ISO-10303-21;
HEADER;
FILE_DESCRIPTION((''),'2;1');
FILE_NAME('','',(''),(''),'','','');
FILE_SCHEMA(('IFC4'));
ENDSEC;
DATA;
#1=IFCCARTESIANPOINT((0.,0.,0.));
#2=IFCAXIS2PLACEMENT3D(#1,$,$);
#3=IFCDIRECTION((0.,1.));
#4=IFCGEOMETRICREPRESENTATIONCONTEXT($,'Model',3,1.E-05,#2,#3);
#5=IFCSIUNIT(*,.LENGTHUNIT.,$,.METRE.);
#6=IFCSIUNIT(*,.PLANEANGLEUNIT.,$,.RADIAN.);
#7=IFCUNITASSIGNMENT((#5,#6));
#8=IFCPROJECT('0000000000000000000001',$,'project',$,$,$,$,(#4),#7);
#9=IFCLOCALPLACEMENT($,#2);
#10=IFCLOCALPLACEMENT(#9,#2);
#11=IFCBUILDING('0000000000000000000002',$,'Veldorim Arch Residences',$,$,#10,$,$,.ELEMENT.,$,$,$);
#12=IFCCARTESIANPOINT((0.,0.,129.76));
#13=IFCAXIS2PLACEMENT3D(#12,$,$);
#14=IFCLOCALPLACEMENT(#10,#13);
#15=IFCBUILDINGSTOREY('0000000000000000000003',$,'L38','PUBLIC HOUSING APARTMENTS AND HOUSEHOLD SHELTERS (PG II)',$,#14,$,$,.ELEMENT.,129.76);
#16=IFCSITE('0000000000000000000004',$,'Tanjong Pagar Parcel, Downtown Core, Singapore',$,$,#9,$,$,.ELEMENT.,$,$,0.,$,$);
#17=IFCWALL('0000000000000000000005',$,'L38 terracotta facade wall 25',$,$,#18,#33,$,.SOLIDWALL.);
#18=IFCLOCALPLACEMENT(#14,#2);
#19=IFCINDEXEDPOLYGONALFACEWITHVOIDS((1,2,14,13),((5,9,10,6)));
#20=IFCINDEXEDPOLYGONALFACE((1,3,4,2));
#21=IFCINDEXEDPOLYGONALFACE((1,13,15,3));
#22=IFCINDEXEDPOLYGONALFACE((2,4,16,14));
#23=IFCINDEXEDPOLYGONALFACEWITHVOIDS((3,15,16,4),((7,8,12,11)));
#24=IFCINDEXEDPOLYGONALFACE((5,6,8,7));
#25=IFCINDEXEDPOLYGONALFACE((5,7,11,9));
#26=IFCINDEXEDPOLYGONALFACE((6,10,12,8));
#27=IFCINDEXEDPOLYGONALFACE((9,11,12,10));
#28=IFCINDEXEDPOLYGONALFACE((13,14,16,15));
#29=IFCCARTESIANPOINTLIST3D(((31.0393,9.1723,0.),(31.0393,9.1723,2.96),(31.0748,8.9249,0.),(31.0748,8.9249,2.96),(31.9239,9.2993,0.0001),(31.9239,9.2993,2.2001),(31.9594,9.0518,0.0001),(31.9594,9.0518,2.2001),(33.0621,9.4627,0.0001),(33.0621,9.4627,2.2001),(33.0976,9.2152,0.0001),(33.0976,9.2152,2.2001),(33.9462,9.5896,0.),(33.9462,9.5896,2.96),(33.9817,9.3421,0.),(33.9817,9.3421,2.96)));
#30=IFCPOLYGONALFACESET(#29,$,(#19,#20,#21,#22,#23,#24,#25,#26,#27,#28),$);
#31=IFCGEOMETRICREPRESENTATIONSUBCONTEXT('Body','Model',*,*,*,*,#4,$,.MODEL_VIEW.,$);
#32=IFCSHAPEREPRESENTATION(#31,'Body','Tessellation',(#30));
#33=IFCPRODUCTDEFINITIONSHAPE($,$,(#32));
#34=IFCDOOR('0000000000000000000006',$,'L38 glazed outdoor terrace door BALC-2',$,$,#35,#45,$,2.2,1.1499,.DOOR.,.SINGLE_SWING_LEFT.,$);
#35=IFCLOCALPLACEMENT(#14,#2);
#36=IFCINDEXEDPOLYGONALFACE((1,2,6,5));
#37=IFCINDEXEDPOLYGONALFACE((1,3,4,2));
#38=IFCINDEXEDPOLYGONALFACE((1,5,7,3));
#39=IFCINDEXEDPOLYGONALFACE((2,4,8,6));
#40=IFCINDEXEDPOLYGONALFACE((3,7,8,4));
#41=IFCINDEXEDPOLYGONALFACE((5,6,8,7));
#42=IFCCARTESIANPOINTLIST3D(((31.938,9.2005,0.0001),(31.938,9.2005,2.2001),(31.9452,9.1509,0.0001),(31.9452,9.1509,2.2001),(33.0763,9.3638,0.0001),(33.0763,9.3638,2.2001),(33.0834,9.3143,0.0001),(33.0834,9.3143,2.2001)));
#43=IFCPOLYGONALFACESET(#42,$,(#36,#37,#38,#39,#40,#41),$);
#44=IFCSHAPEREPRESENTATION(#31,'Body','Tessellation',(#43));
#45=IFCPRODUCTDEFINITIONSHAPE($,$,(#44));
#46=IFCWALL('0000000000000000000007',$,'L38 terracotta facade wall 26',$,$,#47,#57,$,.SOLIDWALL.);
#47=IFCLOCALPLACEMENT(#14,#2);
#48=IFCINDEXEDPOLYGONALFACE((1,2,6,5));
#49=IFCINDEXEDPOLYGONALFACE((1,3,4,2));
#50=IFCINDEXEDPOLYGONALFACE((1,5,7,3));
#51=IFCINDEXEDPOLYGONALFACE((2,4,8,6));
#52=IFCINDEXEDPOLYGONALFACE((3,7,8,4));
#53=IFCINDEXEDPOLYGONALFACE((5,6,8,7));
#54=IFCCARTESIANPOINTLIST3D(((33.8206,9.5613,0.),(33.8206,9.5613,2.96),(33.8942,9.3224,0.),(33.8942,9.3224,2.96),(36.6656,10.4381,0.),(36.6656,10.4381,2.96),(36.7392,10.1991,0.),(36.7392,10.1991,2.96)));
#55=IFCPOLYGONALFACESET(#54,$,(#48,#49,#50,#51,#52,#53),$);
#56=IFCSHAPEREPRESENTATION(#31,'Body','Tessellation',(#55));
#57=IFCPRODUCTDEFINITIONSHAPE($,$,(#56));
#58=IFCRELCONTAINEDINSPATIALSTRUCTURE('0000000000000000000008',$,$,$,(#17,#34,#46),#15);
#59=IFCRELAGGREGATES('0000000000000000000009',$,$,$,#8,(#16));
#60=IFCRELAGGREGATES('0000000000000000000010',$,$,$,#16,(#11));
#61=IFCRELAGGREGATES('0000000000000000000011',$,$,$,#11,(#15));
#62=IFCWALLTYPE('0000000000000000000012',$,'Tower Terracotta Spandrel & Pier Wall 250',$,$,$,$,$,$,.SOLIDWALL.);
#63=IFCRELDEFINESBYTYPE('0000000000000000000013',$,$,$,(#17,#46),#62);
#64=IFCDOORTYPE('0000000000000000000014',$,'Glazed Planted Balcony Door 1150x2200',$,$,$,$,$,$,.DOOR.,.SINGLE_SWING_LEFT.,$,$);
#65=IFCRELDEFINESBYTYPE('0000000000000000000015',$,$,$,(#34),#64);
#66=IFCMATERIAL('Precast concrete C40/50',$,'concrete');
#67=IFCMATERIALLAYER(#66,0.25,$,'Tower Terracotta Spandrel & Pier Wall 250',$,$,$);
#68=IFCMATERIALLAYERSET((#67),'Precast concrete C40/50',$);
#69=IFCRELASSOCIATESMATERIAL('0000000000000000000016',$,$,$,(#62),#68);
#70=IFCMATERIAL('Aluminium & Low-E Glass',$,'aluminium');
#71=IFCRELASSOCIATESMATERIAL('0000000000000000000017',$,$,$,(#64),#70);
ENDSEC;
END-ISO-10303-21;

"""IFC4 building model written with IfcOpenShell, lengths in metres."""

from ifc_helpers import new_model, si_unit, direction, frame, frame_2d, origin, place, context, subcontext, project, spatial, rectangle, extrude, material, layer, layer_set, type_object, element, fill, save


model = new_model("IFC4")

# Units and contexts
model_context = context("Model", 3, precision=1e-05, world=origin(), true_north=direction((0.0, 1.0)))
body_context = subcontext(model_context, "Body", "Model", "MODEL_VIEW")
ifc_project = project(units=[si_unit("LENGTHUNIT", "METRE"), si_unit("PLANEANGLEUNIT", "RADIAN")], contexts=[model_context])

# Site, building, storey
site_placement = place(None, origin())
site = spatial("IfcSite", under=ifc_project, at=site_placement, Name="Tanjong Pagar Parcel, Downtown Core, Singapore", CompositionType="ELEMENT", RefElevation=0.0)
building_placement = place(site_placement, origin())
building = spatial("IfcBuilding", under=site, at=building_placement, Name="Veldorim Arch Residences", CompositionType="ELEMENT")
storey_placement = place(building_placement, frame((0.0, 0.0, 129.76)))
storey = spatial("IfcBuildingStorey", under=building, at=storey_placement, Name="L38", Description="PUBLIC HOUSING APARTMENTS AND HOUSEHOLD SHELTERS (PG II)", CompositionType="ELEMENT", Elevation=129.76)

# Wall, opening, door
ifc_material_1 = material(Name="Precast concrete C40/50", Category="concrete")
ifc_layer_1 = layer(ifc_material_1, 0.25, Name="Tower Terracotta Spandrel & Pier Wall 250")
ifc_layer_set_1 = layer_set([ifc_layer_1], Name="Precast concrete C40/50")
wall_type_1 = type_object("IfcWallType", Name="Tower Terracotta Spandrel & Pier Wall 250", PredefinedType="SOLIDWALL", material=ifc_layer_set_1)
wall_1_placement = place(storey_placement, frame((33.9639, 9.4658, 0.0), z_axis=(0.0, 0.0, 1.0), x_axis=(-0.989856, -0.142073, 0.0)))
wall_1 = element("IfcWall", 1, at=wall_1_placement, inside=storey, type_object=wall_type_1, Name="L38 terracotta facade wall 25", PredefinedType="SOLIDWALL", context=body_context, shape_type="SweptSolid", body=[
    extrude(rectangle(XDim=2.9368, YDim=0.25, at=frame_2d((1.4683, 0.0))), origin(), (0.0, 0.0, 1.0), 2.96),
])
opening_placement = place(wall_1_placement, frame((0.8931, 0.0, 0.0)))
opening = element("IfcOpeningElement", 2, at=opening_placement, cuts=wall_1, PredefinedType="OPENING", context=body_context, shape_type="SweptSolid", body=[
    extrude(rectangle(XDim=1.1499, YDim=2.2, at=frame_2d((0.575, 1.1001))), frame((0.0, 0.135, 0.0), z_axis=(0.0, -1.0, 0.0), x_axis=(1.0, 0.0, 0.0)), (0.0, 0.0, 1.0), 0.27),
])
ifc_material_2 = material(Name="Aluminium & Low-E Glass", Category="aluminium")
door_type = type_object("IfcDoorType", Name="Glazed Planted Balcony Door 1150x2200", OperationType="SINGLE_SWING_LEFT", PredefinedType="DOOR", material=ifc_material_2)
door_placement = place(opening_placement, origin())
door = element("IfcDoor", 3, at=door_placement, inside=storey, type_object=door_type, Name="L38 glazed outdoor terrace door BALC-2", OperationType="SINGLE_SWING_LEFT", OverallHeight=2.2, OverallWidth=1.1499, PredefinedType="DOOR", context=body_context, shape_type="SweptSolid", body=[
    extrude(rectangle(XDim=1.1499, YDim=2.2, at=frame_2d((0.575, 1.1001))), frame((0.0, 0.0249, 0.0), z_axis=(0.0, -1.0, 0.0), x_axis=(1.0, 0.0, 0.0)), (0.0, 0.0, 1.0), 0.05),
])
fill(opening, door)

# Wall
wall_2_placement = place(storey_placement, frame((36.7024, 10.3186, 0.0), z_axis=(0.0, 0.0, 1.0), x_axis=(-0.955653, -0.294495, 0.0)))
element("IfcWall", 4, at=wall_2_placement, inside=storey, type_object=wall_type_1, Name="L38 terracotta facade wall 26", PredefinedType="SOLIDWALL", context=body_context, shape_type="SweptSolid", body=[
    extrude(rectangle(XDim=2.9771, YDim=0.25, at=frame_2d((1.4885, 0.0))), origin(), (0.0, 0.0, 1.0), 2.96),
])

save(model, "model.ifc")
